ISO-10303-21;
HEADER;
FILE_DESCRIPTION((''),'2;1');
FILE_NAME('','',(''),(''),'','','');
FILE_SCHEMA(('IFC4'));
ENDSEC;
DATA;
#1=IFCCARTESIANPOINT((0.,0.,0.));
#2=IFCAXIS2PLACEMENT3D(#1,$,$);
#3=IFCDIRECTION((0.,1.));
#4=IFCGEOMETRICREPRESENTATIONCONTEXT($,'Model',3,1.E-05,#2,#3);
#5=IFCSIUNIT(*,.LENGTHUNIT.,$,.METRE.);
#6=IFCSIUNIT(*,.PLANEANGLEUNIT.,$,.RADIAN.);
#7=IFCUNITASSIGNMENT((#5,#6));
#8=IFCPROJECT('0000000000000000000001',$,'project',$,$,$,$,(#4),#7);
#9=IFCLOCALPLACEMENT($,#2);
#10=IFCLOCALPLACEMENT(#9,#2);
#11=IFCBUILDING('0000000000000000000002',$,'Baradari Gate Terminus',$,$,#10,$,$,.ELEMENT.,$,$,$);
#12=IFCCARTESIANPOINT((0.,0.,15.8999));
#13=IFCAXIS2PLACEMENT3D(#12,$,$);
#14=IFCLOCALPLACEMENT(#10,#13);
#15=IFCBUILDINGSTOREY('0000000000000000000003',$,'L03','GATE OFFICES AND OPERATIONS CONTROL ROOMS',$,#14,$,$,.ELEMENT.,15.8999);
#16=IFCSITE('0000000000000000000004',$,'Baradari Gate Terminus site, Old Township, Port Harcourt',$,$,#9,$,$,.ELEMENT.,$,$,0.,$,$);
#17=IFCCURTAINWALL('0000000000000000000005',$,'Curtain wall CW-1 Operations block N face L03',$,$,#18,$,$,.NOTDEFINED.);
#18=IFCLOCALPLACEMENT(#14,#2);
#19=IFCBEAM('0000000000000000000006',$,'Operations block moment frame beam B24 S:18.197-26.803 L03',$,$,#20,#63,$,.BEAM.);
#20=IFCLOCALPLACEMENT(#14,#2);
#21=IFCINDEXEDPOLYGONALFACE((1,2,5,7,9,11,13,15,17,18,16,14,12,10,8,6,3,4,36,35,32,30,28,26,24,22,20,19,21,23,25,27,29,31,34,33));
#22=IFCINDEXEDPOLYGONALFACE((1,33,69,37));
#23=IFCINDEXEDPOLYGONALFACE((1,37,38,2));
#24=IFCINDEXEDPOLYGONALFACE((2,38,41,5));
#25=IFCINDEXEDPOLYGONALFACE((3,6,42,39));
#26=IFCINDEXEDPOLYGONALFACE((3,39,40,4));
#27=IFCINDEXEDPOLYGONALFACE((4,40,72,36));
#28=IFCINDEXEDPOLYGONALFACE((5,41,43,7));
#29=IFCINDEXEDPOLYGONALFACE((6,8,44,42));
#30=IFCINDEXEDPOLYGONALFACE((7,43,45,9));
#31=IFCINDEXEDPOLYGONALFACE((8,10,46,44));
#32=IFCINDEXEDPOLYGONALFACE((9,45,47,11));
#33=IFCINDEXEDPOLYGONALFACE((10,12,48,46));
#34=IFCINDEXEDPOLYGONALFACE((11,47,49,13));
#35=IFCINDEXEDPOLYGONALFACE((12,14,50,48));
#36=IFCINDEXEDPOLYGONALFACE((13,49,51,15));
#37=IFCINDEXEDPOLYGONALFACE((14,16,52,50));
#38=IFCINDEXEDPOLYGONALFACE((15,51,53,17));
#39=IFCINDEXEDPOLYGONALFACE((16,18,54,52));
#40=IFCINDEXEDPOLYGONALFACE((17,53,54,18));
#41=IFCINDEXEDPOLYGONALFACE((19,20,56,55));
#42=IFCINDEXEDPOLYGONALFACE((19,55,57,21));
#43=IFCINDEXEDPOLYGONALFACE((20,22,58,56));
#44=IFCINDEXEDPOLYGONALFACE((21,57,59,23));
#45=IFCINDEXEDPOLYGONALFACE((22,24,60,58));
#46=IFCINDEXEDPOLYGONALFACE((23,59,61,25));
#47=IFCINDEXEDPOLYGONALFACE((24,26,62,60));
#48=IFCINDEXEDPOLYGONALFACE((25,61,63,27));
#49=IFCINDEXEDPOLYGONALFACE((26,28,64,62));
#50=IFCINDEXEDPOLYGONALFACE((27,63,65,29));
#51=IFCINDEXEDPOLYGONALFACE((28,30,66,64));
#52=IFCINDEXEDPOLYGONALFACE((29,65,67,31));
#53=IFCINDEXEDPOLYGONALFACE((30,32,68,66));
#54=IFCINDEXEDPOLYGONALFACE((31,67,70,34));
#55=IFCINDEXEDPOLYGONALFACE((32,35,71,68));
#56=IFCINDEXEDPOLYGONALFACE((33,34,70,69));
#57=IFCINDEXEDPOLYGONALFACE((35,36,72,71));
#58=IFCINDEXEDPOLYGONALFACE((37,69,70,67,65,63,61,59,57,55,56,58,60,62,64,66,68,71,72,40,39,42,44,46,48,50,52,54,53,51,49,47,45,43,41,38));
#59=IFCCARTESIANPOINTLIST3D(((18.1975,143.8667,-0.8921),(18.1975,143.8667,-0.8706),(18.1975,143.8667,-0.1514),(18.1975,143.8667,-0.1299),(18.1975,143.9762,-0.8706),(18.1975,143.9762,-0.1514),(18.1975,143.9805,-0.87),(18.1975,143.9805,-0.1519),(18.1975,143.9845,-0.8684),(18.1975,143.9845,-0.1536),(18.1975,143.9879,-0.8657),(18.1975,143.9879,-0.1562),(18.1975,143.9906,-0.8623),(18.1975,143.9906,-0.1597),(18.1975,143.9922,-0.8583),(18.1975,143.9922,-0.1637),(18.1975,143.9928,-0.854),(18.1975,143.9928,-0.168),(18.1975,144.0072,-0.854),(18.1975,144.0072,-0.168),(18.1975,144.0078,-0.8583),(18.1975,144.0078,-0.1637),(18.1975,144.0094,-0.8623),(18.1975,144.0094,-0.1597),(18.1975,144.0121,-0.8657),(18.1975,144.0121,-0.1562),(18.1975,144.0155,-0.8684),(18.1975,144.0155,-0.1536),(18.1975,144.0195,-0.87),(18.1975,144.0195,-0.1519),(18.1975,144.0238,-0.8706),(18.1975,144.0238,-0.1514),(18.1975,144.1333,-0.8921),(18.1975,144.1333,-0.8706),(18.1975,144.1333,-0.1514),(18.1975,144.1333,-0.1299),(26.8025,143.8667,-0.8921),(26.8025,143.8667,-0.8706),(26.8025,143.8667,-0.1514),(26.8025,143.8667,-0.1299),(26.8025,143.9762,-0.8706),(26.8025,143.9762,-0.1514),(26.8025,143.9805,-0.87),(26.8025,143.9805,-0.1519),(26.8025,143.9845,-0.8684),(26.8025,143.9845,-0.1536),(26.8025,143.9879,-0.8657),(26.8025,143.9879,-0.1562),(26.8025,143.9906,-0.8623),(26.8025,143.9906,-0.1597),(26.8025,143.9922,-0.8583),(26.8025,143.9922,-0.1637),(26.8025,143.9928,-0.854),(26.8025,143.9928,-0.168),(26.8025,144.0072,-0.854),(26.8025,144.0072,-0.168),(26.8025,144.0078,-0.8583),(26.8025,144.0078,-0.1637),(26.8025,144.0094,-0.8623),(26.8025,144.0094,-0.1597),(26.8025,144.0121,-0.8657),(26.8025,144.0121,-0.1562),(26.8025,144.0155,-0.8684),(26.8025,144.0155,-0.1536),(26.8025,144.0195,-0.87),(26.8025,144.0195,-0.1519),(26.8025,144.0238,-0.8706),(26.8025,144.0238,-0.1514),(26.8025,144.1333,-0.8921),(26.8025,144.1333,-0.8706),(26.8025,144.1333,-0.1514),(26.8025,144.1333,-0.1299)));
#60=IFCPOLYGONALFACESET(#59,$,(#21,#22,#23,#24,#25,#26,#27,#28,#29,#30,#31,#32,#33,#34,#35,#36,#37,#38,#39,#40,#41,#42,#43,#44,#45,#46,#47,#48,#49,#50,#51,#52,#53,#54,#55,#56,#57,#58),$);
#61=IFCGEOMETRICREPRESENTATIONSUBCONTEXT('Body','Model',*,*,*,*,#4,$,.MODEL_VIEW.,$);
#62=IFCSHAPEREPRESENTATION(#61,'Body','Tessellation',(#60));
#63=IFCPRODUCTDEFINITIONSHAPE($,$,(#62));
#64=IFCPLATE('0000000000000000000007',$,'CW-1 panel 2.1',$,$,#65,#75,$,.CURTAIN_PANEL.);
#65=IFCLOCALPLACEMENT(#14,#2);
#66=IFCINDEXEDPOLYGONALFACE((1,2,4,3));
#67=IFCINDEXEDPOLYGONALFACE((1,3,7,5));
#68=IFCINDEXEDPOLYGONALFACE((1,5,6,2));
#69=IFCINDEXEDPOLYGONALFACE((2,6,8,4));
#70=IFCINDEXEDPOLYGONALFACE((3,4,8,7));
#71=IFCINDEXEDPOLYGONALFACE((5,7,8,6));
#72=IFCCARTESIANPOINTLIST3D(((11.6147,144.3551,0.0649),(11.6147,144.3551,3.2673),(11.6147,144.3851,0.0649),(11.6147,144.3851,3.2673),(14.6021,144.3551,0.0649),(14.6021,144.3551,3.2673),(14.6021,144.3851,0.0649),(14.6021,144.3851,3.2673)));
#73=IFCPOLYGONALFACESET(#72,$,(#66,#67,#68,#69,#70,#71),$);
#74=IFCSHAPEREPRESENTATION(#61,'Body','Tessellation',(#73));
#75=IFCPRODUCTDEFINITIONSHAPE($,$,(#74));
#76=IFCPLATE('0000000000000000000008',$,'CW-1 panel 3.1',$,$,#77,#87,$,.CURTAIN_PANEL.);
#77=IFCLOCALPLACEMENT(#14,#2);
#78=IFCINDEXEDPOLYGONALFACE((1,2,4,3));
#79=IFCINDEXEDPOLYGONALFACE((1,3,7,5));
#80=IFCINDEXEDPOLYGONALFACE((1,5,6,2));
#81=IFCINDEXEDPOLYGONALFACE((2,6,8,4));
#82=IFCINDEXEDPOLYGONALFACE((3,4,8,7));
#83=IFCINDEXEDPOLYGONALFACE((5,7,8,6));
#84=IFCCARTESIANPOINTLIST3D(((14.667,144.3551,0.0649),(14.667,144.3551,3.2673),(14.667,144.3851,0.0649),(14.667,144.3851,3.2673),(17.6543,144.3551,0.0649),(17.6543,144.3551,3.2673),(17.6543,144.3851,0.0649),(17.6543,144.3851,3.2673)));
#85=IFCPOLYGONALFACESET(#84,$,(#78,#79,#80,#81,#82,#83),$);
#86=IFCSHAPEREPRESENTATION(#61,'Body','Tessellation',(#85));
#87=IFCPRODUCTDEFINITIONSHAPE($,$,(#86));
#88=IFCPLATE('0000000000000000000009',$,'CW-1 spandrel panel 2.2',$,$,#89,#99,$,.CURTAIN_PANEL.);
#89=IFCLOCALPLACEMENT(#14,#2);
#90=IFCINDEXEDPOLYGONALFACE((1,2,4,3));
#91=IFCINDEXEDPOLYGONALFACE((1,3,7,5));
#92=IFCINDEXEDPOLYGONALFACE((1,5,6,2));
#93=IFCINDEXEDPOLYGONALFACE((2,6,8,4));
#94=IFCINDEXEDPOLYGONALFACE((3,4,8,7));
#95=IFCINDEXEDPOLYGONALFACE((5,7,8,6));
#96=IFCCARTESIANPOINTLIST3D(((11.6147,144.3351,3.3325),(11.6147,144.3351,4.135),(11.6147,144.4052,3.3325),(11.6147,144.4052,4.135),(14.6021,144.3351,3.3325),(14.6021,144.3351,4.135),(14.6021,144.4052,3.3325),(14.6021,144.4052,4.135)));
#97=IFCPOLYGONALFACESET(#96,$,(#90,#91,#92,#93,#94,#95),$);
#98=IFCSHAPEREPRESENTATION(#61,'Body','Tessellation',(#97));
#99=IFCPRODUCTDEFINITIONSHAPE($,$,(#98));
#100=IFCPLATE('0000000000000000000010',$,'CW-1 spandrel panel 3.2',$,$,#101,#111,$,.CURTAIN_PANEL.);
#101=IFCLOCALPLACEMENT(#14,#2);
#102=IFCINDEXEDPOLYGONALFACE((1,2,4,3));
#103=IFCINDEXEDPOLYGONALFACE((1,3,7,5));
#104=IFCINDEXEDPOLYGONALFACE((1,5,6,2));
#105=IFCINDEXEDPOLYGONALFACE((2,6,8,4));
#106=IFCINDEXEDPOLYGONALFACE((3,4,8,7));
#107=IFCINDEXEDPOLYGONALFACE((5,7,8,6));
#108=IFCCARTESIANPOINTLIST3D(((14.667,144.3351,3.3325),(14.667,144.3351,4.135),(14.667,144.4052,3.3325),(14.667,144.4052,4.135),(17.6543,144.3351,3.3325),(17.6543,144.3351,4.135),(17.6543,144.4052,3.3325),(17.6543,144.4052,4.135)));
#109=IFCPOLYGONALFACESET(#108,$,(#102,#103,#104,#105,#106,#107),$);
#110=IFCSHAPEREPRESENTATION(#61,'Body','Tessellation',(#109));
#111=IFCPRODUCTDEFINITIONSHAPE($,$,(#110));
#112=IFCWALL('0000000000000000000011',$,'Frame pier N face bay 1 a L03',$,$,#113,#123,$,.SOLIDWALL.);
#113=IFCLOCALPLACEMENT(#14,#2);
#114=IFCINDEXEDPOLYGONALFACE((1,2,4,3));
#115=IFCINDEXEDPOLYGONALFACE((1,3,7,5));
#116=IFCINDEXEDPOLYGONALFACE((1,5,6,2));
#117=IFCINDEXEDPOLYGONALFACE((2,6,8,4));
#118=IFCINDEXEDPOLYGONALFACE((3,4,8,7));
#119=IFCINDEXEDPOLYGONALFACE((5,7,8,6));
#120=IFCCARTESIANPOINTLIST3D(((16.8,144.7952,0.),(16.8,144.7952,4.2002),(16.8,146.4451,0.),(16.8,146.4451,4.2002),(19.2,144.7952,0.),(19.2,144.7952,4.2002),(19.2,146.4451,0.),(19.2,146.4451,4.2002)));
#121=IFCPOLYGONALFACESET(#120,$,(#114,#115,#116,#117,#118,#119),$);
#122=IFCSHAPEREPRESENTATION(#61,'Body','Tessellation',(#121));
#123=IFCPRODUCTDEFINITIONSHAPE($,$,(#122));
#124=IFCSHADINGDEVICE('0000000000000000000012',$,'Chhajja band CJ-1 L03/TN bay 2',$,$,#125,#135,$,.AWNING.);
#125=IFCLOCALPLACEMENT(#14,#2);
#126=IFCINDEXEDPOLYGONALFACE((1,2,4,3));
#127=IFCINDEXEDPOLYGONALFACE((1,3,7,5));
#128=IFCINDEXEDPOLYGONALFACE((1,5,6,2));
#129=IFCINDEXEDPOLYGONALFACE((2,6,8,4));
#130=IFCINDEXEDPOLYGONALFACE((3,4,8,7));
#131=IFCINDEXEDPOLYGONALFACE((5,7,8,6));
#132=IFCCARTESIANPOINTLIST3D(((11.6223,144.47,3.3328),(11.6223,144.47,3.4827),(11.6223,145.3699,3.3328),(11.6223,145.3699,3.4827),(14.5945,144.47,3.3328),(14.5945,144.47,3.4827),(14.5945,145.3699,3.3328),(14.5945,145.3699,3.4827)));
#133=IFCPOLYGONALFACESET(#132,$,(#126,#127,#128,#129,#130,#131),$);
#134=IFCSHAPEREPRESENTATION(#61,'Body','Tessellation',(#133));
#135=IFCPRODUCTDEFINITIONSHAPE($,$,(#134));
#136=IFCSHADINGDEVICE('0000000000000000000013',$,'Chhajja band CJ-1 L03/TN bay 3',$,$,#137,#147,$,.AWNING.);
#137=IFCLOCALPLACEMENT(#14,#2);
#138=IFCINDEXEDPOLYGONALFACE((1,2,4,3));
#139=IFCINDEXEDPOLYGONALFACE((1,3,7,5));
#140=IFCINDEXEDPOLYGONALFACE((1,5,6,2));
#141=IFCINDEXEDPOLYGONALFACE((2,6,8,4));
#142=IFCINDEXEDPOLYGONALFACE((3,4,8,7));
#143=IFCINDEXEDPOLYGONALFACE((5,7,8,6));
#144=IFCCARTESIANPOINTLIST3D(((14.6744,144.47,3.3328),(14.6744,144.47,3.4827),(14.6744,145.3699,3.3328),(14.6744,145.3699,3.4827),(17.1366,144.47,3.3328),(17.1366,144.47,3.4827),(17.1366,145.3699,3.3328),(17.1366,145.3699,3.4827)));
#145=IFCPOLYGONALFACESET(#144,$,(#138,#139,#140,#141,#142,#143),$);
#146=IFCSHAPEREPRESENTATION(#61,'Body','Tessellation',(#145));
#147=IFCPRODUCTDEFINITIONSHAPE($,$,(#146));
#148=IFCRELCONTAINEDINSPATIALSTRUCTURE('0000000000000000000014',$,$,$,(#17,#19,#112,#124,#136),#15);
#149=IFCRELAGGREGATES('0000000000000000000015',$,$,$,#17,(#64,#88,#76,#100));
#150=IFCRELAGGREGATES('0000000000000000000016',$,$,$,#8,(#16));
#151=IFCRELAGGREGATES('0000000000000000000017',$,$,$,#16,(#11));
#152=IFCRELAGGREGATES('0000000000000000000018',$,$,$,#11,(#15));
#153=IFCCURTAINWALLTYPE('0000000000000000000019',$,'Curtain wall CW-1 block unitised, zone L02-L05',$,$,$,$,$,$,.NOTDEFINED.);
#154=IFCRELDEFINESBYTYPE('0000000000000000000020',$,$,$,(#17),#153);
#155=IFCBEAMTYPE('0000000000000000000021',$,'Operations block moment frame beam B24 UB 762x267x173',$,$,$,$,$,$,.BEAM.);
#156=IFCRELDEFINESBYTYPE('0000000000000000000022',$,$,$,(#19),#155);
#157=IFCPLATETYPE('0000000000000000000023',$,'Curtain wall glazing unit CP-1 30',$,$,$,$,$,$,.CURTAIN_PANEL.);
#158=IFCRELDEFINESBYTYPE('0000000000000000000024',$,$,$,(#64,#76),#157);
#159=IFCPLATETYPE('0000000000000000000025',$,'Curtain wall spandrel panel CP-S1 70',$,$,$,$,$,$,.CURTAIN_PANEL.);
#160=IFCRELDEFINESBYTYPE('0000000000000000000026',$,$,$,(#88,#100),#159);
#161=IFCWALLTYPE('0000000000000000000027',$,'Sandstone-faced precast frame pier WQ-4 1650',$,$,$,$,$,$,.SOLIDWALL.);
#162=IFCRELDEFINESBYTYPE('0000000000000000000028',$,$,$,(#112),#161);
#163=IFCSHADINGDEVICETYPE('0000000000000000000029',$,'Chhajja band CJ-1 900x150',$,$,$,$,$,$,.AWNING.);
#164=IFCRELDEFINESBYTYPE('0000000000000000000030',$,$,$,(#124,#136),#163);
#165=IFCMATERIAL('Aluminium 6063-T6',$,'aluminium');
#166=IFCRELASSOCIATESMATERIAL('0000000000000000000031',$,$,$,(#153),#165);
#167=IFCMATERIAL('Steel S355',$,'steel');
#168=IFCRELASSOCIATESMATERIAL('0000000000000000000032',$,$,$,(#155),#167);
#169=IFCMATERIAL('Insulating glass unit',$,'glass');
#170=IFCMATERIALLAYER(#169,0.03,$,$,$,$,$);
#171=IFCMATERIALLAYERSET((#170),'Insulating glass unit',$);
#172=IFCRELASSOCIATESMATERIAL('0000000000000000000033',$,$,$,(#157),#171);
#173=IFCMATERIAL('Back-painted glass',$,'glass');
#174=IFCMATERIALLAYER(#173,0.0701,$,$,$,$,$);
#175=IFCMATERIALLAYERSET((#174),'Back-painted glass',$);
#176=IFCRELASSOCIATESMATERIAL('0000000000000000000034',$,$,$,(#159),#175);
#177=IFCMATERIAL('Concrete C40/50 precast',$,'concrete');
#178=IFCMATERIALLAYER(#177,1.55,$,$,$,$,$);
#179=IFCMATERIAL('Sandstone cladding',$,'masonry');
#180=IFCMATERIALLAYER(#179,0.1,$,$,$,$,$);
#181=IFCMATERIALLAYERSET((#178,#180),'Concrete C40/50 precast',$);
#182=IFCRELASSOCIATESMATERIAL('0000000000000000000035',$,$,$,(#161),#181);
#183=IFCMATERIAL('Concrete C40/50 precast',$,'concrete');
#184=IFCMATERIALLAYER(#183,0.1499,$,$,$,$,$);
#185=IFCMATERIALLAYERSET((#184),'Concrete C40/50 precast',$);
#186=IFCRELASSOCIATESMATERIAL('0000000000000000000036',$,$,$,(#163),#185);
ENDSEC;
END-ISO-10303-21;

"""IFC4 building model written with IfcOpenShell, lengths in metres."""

from ifc_helpers import new_model, si_unit, direction, frame, frame_2d, origin, origin_2d, place, context, subcontext, project, spatial, rectangle, i_section, extrude, material, layer, layer_set, material_profile, profile_set, type_object, element, aggregate, save


model = new_model("IFC4")

# Units and contexts
model_context = context("Model", 3, precision=1e-05, world=origin(), true_north=direction((0.0, 1.0)))
body_context = subcontext(model_context, "Body", "Model", "MODEL_VIEW")
ifc_project = project(units=[si_unit("LENGTHUNIT", "METRE"), si_unit("PLANEANGLEUNIT", "RADIAN")], contexts=[model_context])

# Site, building, storey
site_placement = place(None, origin())
site = spatial("IfcSite", under=ifc_project, at=site_placement, Name="Baradari Gate Terminus site, Old Township, Port Harcourt", CompositionType="ELEMENT", RefElevation=0.0)
building_placement = place(site_placement, origin())
building = spatial("IfcBuilding", under=site, at=building_placement, Name="Baradari Gate Terminus", CompositionType="ELEMENT")
storey_placement = place(building_placement, frame((0.0, 0.0, 15.8999)))
storey = spatial("IfcBuildingStorey", under=building, at=storey_placement, Name="L03", Description="GATE OFFICES AND OPERATIONS CONTROL ROOMS", CompositionType="ELEMENT", Elevation=15.8999)

# Curtain wall
ifc_material_1 = material(Name="Aluminium 6063-T6", Category="aluminium")
curtain_wall_type = type_object("IfcCurtainWallType", Name="Curtain wall CW-1 block unitised, zone L02-L05", PredefinedType="NOTDEFINED", material=ifc_material_1)
curtain_wall_placement = place(storey_placement, origin())
curtain_wall = element("IfcCurtainWall", 1, at=curtain_wall_placement, inside=storey, type_object=curtain_wall_type, Name="Curtain wall CW-1 Operations block N face L03", PredefinedType="NOTDEFINED")

# Beam
ifc_material_2 = material(Name="Steel S355", Category="steel")
ifc_material_profile_1 = material_profile(ifc_material_2, i_section(OverallWidth=0.2666, OverallDepth=0.7622, WebThickness=0.0144, FlangeThickness=0.0215, FilletRadius=0.0166, at=origin_2d()), Name="UB 762x267x173")
ifc_profile_set_1 = profile_set([ifc_material_profile_1], Name="Steel S355")
beam_type = type_object("IfcBeamType", Name="Operations block moment frame beam B24 UB 762x267x173", PredefinedType="BEAM", material=ifc_profile_set_1)
beam_placement = place(storey_placement, frame((18.1975, 144.0, -0.511), z_axis=(1.0, 0.0, 0.0), x_axis=(0.0, 1.0, 0.0)))
element("IfcBeam", 2, at=beam_placement, inside=storey, type_object=beam_type, Name="Operations block moment frame beam B24 S:18.197-26.803 L03", PredefinedType="BEAM", context=body_context, shape_type="SweptSolid", body=[
    extrude(i_section(OverallWidth=0.2666, OverallDepth=0.7622, WebThickness=0.0144, FlangeThickness=0.0215, FilletRadius=0.0166, at=origin_2d()), origin(), (0.0, 0.0, 1.0), 8.605),
])

# Plates
ifc_material_3 = material(Name="Insulating glass unit", Category="glass")
ifc_layer_1 = layer(ifc_material_3, 0.03)
ifc_layer_set_1 = layer_set([ifc_layer_1], Name="Insulating glass unit")
plate_type_1 = type_object("IfcPlateType", Name="Curtain wall glazing unit CP-1 30", PredefinedType="CURTAIN_PANEL", material=ifc_layer_set_1)
plate_1_placement = place(storey_placement, frame((13.1084, 144.3701, 0.0649), z_axis=(0.0, 0.0, 1.0), x_axis=(1.0, 0.0, 0.0)))
plate_1 = element("IfcPlate", 3, at=plate_1_placement, type_object=plate_type_1, Name="CW-1 panel 2.1", PredefinedType="CURTAIN_PANEL", context=body_context, shape_type="SweptSolid", body=[
    extrude(rectangle(XDim=2.9873, YDim=0.03, at=origin_2d()), origin(), (0.0, 0.0, 1.0), 3.2024),
])
plate_2_placement = place(storey_placement, frame((16.1606, 144.3701, 0.0649), z_axis=(0.0, 0.0, 1.0), x_axis=(1.0, 0.0, 0.0)))
plate_2 = element("IfcPlate", 4, at=plate_2_placement, type_object=plate_type_1, Name="CW-1 panel 3.1", PredefinedType="CURTAIN_PANEL", context=body_context, shape_type="SweptSolid", body=[
    extrude(rectangle(XDim=2.9873, YDim=0.03, at=origin_2d()), origin(), (0.0, 0.0, 1.0), 3.2024),
])
ifc_material_4 = material(Name="Back-painted glass", Category="glass")
ifc_layer_2 = layer(ifc_material_4, 0.0701)
ifc_layer_set_2 = layer_set([ifc_layer_2], Name="Back-painted glass")
plate_type_2 = type_object("IfcPlateType", Name="Curtain wall spandrel panel CP-S1 70", PredefinedType="CURTAIN_PANEL", material=ifc_layer_set_2)
plate_3_placement = place(storey_placement, frame((13.1084, 144.3701, 3.3325), z_axis=(0.0, 0.0, 1.0), x_axis=(1.0, 0.0, 0.0)))
plate_3 = element("IfcPlate", 5, at=plate_3_placement, type_object=plate_type_2, Name="CW-1 spandrel panel 2.2", PredefinedType="CURTAIN_PANEL", context=body_context, shape_type="SweptSolid", body=[
    extrude(rectangle(XDim=2.9873, YDim=0.0701, at=origin_2d()), origin(), (0.0, 0.0, 1.0), 0.8025),
])
plate_4_placement = place(storey_placement, frame((16.1606, 144.3701, 3.3325), z_axis=(0.0, 0.0, 1.0), x_axis=(1.0, 0.0, 0.0)))
plate_4 = element("IfcPlate", 6, at=plate_4_placement, type_object=plate_type_2, Name="CW-1 spandrel panel 3.2", PredefinedType="CURTAIN_PANEL", context=body_context, shape_type="SweptSolid", body=[
    extrude(rectangle(XDim=2.9873, YDim=0.0701, at=origin_2d()), origin(), (0.0, 0.0, 1.0), 0.8025),
])
aggregate(curtain_wall, [plate_1, plate_3, plate_2, plate_4])

# Wall
ifc_material_5 = material(Name="Concrete C40/50 precast", Category="concrete")
ifc_layer_3 = layer(ifc_material_5, 1.55)
ifc_material_6 = material(Name="Sandstone cladding", Category="masonry")
ifc_layer_4 = layer(ifc_material_6, 0.1)
ifc_layer_set_3 = layer_set([ifc_layer_3, ifc_layer_4], Name="Concrete C40/50 precast")
wall_type = type_object("IfcWallType", Name="Sandstone-faced precast frame pier WQ-4 1650", PredefinedType="SOLIDWALL", material=ifc_layer_set_3)
wall_placement = place(storey_placement, frame((16.8, 145.6201, 0.0), z_axis=(0.0, 0.0, 1.0), x_axis=(1.0, 0.0, 0.0)))
element("IfcWall", 7, at=wall_placement, inside=storey, type_object=wall_type, Name="Frame pier N face bay 1 a L03", PredefinedType="SOLIDWALL", context=body_context, shape_type="SweptSolid", body=[
    extrude(rectangle(XDim=2.3999, YDim=1.6499, at=frame_2d((1.2, 0.0))), origin(), (0.0, 0.0, 1.0), 4.2002),
])

# Shading devices
ifc_material_7 = material(Name="Concrete C40/50 precast", Category="concrete")
ifc_layer_5 = layer(ifc_material_7, 0.1499)
ifc_layer_set_4 = layer_set([ifc_layer_5], Name="Concrete C40/50 precast")
shading_device_type_1 = type_object("IfcShadingDeviceType", Name="Chhajja band CJ-1 900x150", PredefinedType="AWNING", material=ifc_layer_set_4)
shading_device_1_placement = place(storey_placement, frame((13.1084, 144.9199, 3.3328), z_axis=(0.0, 0.0, 1.0), x_axis=(1.0, 0.0, 0.0)))
element("IfcShadingDevice", 8, at=shading_device_1_placement, inside=storey, type_object=shading_device_type_1, Name="Chhajja band CJ-1 L03/TN bay 2", PredefinedType="AWNING", context=body_context, shape_type="SweptSolid", body=[
    extrude(rectangle(XDim=2.9722, YDim=0.8999, at=origin_2d()), origin(), (0.0, 0.0, 1.0), 0.1499),
])
shading_device_2_placement = place(storey_placement, frame((15.9055, 144.9199, 3.3328), z_axis=(0.0, 0.0, 1.0), x_axis=(1.0, 0.0, 0.0)))
element("IfcShadingDevice", 9, at=shading_device_2_placement, inside=storey, type_object=shading_device_type_1, Name="Chhajja band CJ-1 L03/TN bay 3", PredefinedType="AWNING", context=body_context, shape_type="SweptSolid", body=[
    extrude(rectangle(XDim=2.4622, YDim=0.8999, at=origin_2d()), origin(), (0.0, 0.0, 1.0), 0.1499),
])

save(model, "model.ifc")
